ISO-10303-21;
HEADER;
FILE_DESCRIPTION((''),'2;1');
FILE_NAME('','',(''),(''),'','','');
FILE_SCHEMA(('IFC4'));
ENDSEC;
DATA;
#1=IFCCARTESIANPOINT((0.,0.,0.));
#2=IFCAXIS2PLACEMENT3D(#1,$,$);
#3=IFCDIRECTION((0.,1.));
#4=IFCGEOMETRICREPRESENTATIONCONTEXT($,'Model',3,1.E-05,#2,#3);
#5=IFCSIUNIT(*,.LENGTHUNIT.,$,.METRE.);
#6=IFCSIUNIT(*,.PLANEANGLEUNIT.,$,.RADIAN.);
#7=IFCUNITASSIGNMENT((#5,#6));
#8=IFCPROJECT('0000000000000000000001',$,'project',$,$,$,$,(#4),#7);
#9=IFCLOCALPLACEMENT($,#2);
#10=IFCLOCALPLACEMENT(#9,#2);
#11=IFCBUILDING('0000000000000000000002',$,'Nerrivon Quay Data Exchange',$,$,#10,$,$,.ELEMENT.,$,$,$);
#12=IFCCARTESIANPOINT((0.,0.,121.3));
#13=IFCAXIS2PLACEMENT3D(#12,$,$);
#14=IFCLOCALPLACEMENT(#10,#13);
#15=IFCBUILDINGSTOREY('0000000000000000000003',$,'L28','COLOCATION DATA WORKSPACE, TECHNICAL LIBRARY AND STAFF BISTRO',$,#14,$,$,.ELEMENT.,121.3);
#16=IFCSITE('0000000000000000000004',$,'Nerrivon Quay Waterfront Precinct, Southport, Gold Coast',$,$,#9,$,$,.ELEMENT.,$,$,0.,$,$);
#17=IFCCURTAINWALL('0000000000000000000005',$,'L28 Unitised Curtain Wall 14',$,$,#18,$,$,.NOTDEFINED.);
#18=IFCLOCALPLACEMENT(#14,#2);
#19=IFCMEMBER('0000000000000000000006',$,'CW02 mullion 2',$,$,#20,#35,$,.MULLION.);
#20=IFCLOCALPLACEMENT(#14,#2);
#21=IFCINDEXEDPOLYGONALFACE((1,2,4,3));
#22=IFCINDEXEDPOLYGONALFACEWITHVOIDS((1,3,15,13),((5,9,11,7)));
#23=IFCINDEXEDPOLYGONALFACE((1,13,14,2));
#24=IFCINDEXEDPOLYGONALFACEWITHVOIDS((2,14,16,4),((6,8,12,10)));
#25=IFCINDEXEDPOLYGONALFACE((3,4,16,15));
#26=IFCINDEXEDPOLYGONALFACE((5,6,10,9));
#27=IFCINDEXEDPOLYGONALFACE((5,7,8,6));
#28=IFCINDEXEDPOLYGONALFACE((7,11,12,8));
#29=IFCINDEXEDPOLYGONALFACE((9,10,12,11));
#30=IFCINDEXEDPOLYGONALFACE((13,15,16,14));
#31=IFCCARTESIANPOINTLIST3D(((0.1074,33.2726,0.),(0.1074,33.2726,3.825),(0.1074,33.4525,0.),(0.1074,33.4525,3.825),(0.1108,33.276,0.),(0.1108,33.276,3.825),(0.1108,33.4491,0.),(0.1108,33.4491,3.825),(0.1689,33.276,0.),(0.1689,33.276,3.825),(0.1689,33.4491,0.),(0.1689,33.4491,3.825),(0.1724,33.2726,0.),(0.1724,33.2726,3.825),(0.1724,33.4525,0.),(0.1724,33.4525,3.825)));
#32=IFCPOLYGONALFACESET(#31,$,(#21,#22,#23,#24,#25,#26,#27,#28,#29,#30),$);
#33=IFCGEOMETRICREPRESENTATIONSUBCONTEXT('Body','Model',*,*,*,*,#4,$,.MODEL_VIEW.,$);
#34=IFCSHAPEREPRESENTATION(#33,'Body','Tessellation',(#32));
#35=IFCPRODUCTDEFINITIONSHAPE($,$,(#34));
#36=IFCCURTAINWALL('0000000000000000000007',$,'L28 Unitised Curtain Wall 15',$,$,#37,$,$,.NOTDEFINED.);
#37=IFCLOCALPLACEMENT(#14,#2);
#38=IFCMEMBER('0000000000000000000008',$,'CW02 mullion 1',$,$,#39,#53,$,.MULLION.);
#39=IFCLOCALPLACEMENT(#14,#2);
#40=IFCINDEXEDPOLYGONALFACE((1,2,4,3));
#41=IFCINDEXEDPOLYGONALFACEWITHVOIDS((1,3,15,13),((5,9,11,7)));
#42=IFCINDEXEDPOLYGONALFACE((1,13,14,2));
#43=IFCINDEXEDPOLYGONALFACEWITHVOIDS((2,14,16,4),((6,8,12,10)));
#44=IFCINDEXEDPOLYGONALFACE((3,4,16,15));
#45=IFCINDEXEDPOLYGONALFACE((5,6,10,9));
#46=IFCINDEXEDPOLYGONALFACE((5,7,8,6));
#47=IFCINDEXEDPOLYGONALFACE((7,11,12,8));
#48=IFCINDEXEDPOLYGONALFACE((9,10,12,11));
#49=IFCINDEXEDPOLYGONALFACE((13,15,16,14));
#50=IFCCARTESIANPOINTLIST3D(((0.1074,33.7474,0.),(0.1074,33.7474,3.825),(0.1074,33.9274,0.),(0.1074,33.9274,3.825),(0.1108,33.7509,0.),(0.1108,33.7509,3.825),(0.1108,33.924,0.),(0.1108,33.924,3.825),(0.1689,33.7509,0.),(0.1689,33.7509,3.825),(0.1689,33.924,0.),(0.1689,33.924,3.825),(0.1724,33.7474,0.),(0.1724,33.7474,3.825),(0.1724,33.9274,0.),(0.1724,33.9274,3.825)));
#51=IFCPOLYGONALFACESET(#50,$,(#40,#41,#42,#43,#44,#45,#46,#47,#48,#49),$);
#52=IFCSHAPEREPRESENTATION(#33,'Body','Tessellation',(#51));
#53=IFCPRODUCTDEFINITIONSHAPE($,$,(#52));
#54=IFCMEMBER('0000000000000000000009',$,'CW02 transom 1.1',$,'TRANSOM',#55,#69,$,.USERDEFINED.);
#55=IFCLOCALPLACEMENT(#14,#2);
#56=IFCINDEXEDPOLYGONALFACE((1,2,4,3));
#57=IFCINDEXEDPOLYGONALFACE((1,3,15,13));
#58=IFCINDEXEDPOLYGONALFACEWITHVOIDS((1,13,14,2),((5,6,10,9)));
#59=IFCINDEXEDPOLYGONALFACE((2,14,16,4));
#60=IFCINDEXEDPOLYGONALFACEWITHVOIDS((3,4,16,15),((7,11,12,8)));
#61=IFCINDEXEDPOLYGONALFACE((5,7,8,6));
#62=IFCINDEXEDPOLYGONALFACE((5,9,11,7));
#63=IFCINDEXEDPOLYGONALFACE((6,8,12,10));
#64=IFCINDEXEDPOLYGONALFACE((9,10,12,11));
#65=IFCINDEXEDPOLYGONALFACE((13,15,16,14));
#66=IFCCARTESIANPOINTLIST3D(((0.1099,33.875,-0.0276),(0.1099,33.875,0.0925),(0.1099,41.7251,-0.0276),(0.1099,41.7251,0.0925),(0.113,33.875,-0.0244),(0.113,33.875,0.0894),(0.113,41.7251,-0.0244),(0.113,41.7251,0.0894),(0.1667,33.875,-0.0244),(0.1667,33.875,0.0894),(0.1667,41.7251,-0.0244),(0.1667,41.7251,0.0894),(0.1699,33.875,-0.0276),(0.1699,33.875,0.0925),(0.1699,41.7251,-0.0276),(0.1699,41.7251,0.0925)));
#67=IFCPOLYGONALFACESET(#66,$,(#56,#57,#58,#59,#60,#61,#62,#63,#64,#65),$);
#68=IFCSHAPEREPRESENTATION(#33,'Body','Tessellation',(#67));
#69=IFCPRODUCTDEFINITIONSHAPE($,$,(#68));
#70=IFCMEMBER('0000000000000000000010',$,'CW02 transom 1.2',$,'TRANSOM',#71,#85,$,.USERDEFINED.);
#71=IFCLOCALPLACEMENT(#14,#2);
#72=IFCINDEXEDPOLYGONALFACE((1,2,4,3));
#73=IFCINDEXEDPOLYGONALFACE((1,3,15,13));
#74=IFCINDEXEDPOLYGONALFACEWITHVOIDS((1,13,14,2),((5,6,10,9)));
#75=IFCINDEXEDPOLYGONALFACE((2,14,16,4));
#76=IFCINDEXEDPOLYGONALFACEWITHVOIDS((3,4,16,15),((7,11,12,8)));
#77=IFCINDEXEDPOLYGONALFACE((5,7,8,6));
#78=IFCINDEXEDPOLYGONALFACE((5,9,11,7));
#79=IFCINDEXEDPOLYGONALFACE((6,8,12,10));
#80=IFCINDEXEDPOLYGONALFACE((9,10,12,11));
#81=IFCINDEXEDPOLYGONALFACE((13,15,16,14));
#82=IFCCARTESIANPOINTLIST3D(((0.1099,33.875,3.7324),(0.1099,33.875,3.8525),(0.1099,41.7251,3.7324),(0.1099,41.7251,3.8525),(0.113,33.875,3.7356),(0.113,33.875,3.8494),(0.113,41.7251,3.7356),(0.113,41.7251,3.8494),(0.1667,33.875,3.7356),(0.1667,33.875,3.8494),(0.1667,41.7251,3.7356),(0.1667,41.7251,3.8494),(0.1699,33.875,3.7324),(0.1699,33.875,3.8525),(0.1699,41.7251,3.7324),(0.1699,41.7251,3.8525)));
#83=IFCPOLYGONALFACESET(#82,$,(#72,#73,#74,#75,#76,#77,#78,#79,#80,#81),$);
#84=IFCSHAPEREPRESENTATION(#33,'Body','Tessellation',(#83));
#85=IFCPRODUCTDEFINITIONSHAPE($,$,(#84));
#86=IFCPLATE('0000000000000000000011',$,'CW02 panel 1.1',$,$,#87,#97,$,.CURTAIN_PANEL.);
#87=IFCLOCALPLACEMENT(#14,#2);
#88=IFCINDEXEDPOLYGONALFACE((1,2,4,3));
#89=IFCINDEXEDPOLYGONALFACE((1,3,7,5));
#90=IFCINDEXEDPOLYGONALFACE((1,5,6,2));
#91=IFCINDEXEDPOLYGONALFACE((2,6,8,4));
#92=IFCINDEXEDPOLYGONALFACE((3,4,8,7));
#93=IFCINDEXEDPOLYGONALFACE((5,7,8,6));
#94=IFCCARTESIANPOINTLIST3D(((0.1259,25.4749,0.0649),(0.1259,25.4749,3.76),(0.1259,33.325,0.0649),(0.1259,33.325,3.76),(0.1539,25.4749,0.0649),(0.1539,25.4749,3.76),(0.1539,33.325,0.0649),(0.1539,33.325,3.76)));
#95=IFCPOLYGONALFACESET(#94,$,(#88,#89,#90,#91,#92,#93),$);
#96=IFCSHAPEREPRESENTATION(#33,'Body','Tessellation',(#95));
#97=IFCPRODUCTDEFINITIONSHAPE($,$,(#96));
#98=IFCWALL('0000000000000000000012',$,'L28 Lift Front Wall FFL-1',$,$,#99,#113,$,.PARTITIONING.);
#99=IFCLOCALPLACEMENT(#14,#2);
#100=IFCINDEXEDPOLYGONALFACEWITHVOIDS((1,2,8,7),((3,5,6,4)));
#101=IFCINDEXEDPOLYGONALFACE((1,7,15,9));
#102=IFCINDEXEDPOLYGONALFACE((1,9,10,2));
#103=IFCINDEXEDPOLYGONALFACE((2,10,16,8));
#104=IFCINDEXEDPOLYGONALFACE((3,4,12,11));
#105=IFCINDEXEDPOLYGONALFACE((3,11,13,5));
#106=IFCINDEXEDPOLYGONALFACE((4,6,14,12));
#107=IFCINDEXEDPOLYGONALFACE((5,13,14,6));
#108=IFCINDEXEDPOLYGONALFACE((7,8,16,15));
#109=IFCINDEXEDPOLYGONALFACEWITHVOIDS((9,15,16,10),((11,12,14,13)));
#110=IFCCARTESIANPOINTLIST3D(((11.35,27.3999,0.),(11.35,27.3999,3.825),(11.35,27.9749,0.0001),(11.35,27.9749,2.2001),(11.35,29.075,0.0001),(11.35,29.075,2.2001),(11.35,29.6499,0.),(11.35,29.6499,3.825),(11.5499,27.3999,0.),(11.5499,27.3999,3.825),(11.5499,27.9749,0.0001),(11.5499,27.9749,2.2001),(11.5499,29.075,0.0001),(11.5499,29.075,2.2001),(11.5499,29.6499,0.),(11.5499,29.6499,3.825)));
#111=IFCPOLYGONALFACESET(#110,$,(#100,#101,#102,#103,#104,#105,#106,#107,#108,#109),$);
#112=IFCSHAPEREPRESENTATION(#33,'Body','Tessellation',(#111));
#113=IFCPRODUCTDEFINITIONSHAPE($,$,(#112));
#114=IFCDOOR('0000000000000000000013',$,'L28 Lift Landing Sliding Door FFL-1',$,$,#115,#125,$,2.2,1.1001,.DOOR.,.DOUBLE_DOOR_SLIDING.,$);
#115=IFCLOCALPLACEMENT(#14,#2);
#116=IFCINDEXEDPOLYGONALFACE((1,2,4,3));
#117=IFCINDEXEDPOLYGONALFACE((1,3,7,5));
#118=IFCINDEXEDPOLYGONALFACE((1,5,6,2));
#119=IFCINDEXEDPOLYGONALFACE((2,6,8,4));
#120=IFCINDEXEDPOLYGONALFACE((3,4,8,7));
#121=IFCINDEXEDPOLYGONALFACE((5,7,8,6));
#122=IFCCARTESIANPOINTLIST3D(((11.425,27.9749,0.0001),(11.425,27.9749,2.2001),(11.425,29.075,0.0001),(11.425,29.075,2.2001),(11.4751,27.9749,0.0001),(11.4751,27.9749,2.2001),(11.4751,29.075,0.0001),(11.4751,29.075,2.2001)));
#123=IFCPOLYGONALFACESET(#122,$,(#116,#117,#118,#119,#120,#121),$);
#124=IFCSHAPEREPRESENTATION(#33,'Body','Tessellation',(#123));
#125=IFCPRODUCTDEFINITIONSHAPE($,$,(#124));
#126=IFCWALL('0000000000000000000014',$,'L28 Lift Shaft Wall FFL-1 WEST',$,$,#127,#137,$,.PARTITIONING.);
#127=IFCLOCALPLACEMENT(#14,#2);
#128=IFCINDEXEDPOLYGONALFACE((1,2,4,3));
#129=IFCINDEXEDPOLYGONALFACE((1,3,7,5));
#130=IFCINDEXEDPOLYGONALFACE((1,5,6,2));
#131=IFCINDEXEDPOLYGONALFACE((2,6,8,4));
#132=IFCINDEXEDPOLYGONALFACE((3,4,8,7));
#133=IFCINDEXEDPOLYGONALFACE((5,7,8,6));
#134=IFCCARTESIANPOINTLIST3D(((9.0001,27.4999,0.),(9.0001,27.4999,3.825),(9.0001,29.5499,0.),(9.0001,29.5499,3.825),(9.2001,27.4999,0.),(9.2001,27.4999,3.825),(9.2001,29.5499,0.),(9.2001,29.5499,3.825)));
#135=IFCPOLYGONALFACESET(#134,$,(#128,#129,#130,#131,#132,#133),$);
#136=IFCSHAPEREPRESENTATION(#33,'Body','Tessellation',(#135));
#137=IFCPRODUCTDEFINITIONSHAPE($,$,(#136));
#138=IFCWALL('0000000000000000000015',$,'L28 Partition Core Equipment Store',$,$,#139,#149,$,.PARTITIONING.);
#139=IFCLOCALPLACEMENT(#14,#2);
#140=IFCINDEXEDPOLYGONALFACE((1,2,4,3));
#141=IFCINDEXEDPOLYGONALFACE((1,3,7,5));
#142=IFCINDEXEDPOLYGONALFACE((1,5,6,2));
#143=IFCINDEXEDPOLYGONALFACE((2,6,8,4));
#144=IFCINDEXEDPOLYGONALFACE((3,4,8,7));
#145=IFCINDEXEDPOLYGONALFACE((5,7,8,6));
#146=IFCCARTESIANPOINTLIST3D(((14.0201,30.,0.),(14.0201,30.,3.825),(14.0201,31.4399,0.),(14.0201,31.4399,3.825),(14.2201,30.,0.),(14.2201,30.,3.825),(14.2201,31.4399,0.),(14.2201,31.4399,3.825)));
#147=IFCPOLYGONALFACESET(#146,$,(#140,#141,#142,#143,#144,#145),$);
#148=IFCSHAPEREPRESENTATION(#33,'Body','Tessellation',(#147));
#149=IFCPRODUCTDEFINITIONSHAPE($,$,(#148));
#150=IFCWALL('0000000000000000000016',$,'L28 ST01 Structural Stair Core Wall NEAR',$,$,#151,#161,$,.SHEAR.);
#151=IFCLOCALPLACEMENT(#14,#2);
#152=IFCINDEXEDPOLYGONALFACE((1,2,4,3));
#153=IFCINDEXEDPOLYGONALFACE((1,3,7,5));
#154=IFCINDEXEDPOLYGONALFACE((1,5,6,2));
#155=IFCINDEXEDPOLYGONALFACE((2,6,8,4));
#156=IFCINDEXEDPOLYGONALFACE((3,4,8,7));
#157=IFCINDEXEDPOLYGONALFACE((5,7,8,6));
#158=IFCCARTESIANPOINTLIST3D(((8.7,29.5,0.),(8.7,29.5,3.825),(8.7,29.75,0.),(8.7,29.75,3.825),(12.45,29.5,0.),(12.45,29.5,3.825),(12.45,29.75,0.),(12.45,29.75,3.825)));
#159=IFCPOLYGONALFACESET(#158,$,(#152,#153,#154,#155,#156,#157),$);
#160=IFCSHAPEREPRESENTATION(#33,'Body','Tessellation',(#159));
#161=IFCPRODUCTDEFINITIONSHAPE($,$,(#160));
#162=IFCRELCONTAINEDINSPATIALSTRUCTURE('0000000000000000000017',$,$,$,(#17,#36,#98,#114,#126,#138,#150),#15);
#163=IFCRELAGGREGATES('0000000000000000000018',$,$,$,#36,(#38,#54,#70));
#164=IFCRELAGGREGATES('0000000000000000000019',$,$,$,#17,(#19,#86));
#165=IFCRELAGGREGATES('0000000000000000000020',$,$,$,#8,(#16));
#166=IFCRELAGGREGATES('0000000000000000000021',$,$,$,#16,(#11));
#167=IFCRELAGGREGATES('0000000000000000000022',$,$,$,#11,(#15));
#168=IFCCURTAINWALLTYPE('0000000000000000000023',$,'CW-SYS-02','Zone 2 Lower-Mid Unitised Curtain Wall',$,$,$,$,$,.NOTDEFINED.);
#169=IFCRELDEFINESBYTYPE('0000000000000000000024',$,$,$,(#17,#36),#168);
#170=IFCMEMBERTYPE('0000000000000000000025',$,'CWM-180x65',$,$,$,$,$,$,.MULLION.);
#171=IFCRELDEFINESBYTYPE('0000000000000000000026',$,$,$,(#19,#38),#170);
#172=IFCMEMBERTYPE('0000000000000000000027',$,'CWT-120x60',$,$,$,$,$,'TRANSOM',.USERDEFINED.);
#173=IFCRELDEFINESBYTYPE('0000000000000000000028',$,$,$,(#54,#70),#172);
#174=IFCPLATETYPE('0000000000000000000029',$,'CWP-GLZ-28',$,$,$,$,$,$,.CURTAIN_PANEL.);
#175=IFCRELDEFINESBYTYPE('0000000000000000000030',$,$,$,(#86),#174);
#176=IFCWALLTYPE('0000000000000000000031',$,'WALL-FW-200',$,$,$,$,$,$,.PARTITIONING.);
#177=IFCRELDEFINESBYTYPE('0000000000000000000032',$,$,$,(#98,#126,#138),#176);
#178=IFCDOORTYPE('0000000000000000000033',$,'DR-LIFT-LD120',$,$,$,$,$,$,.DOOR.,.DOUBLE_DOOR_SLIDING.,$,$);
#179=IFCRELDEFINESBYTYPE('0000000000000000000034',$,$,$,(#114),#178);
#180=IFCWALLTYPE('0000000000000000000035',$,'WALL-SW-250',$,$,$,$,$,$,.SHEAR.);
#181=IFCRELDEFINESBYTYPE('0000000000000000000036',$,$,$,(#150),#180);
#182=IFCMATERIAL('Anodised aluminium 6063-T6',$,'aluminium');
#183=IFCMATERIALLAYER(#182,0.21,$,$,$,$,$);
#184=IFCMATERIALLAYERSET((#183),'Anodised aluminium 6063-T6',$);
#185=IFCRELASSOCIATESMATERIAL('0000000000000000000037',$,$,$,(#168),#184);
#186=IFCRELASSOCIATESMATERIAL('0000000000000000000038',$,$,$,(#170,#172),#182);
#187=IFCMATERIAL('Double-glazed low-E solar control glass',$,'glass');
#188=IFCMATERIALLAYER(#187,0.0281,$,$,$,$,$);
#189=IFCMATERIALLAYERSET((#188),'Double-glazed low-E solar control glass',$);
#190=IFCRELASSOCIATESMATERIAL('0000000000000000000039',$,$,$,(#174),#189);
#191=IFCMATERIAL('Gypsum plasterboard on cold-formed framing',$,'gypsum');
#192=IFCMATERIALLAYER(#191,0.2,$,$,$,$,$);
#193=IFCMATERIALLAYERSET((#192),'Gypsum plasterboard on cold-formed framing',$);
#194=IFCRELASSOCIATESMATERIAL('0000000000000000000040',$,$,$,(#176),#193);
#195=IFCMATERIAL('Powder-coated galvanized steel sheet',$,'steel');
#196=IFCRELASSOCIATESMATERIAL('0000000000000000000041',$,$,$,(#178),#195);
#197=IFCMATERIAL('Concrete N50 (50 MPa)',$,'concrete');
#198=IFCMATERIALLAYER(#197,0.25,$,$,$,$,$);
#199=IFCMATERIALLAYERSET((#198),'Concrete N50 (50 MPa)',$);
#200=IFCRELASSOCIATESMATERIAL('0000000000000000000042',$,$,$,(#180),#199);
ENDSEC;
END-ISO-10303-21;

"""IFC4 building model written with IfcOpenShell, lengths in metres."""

from ifc_helpers import new_model, si_unit, direction, frame, frame_2d, origin, origin_2d, place, context, subcontext, project, spatial, rectangle, hollow_rectangle, extrude, material, layer, layer_set, material_profile, profile_set, type_object, element, fill, aggregate, save


model = new_model("IFC4")

# Units and contexts
model_context = context("Model", 3, precision=1e-05, world=origin(), true_north=direction((0.0, 1.0)))
body_context = subcontext(model_context, "Body", "Model", "MODEL_VIEW")
ifc_project = project(units=[si_unit("LENGTHUNIT", "METRE"), si_unit("PLANEANGLEUNIT", "RADIAN")], contexts=[model_context])

# Site, building, storey
site_placement = place(None, origin())
site = spatial("IfcSite", under=ifc_project, at=site_placement, Name="Nerrivon Quay Waterfront Precinct, Southport, Gold Coast", CompositionType="ELEMENT", RefElevation=0.0)
building_placement = place(site_placement, origin())
building = spatial("IfcBuilding", under=site, at=building_placement, Name="Nerrivon Quay Data Exchange", CompositionType="ELEMENT")
storey_placement = place(building_placement, frame((0.0, 0.0, 121.3)))
storey = spatial("IfcBuildingStorey", under=building, at=storey_placement, Name="L28", Description="COLOCATION DATA WORKSPACE, TECHNICAL LIBRARY AND STAFF BISTRO", CompositionType="ELEMENT", Elevation=121.3)

# Curtain wall, member
ifc_material_1 = material(Name="Anodised aluminium 6063-T6", Category="aluminium")
ifc_layer_1 = layer(ifc_material_1, 0.21)
ifc_layer_set_1 = layer_set([ifc_layer_1], Name="Anodised aluminium 6063-T6")
curtain_wall_type = type_object("IfcCurtainWallType", Name="CW-SYS-02", Description="Zone 2 Lower-Mid Unitised Curtain Wall", PredefinedType="NOTDEFINED", material=ifc_layer_set_1)
curtain_wall_1_placement = place(storey_placement, origin())
curtain_wall_1 = element("IfcCurtainWall", 1, at=curtain_wall_1_placement, inside=storey, type_object=curtain_wall_type, Name="L28 Unitised Curtain Wall 14", PredefinedType="NOTDEFINED")
ifc_material_profile_1 = material_profile(ifc_material_1, hollow_rectangle(XDim=0.0649, YDim=0.1799, WallThickness=0.0034, at=origin_2d()), Name="ALU-MULL-180x65")
ifc_profile_set_1 = profile_set([ifc_material_profile_1], Name="Anodised aluminium 6063-T6")
member_type_1 = type_object("IfcMemberType", Name="CWM-180x65", PredefinedType="MULLION", material=ifc_profile_set_1)
member_1_placement = place(storey_placement, frame((0.1399, 33.3625, 0.0), z_axis=(0.0, 0.0, 1.0), x_axis=(-1.0, 0.0, 0.0)))
member_1 = element("IfcMember", 2, at=member_1_placement, type_object=member_type_1, Name="CW02 mullion 2", PredefinedType="MULLION", context=body_context, shape_type="SweptSolid", body=[
    extrude(hollow_rectangle(XDim=0.0649, YDim=0.1799, WallThickness=0.0034, at=origin_2d()), origin(), (0.0, 0.0, 1.0), 3.825),
])

# Curtain wall, members
curtain_wall_2_placement = place(storey_placement, origin())
curtain_wall_2 = element("IfcCurtainWall", 3, at=curtain_wall_2_placement, inside=storey, type_object=curtain_wall_type, Name="L28 Unitised Curtain Wall 15", PredefinedType="NOTDEFINED")
member_2_placement = place(storey_placement, frame((0.1399, 33.8374, 0.0), z_axis=(0.0, 0.0, 1.0), x_axis=(-1.0, 0.0, 0.0)))
member_2 = element("IfcMember", 4, at=member_2_placement, type_object=member_type_1, Name="CW02 mullion 1", PredefinedType="MULLION", context=body_context, shape_type="SweptSolid", body=[
    extrude(hollow_rectangle(XDim=0.0649, YDim=0.1799, WallThickness=0.0034, at=origin_2d()), origin(), (0.0, 0.0, 1.0), 3.825),
])
ifc_material_profile_2 = material_profile(ifc_material_1, hollow_rectangle(XDim=0.0601, YDim=0.1201, WallThickness=0.0032, at=origin_2d()), Name="ALU-TRAN-120x60")
ifc_profile_set_2 = profile_set([ifc_material_profile_2], Name="Anodised aluminium 6063-T6")
member_type_2 = type_object("IfcMemberType", Name="CWT-120x60", ElementType="TRANSOM", PredefinedType="USERDEFINED", material=ifc_profile_set_2)
member_3_placement = place(storey_placement, frame((0.1399, 33.875, 0.0325), z_axis=(0.0, 1.0, 0.0), x_axis=(-1.0, 0.0, 0.0)))
member_3 = element("IfcMember", 5, at=member_3_placement, type_object=member_type_2, Name="CW02 transom 1.1", ObjectType="TRANSOM", PredefinedType="USERDEFINED", context=body_context, shape_type="SweptSolid", body=[
    extrude(hollow_rectangle(XDim=0.0601, YDim=0.1201, WallThickness=0.0032, at=origin_2d()), origin(), (0.0, 0.0, 1.0), 7.8501),
])
member_4_placement = place(storey_placement, frame((0.1399, 33.875, 3.7925), z_axis=(0.0, 1.0, 0.0), x_axis=(-1.0, 0.0, 0.0)))
member_4 = element("IfcMember", 6, at=member_4_placement, type_object=member_type_2, Name="CW02 transom 1.2", ObjectType="TRANSOM", PredefinedType="USERDEFINED", context=body_context, shape_type="SweptSolid", body=[
    extrude(hollow_rectangle(XDim=0.0601, YDim=0.1201, WallThickness=0.0032, at=origin_2d()), origin(), (0.0, 0.0, 1.0), 7.8501),
])
aggregate(curtain_wall_2, [member_2, member_3, member_4])

# Plate
ifc_material_2 = material(Name="Double-glazed low-E solar control glass", Category="glass")
ifc_layer_2 = layer(ifc_material_2, 0.0281)
ifc_layer_set_2 = layer_set([ifc_layer_2], Name="Double-glazed low-E solar control glass")
plate_type = type_object("IfcPlateType", Name="CWP-GLZ-28", PredefinedType="CURTAIN_PANEL", material=ifc_layer_set_2)
plate_placement = place(storey_placement, frame((0.1399, 29.3999, 0.0649), z_axis=(0.0, 0.0, 1.0), x_axis=(0.0, 1.0, 0.0)))
plate = element("IfcPlate", 7, at=plate_placement, type_object=plate_type, Name="CW02 panel 1.1", PredefinedType="CURTAIN_PANEL", context=body_context, shape_type="SweptSolid", body=[
    extrude(rectangle(XDim=7.8501, YDim=0.0281, at=origin_2d()), origin(), (0.0, 0.0, 1.0), 3.6951),
])
aggregate(curtain_wall_1, [member_1, plate])

# Wall, opening, door
ifc_material_3 = material(Name="Gypsum plasterboard on cold-formed framing", Category="gypsum")
ifc_layer_3 = layer(ifc_material_3, 0.2)
ifc_layer_set_3 = layer_set([ifc_layer_3], Name="Gypsum plasterboard on cold-formed framing")
wall_type_1 = type_object("IfcWallType", Name="WALL-FW-200", PredefinedType="PARTITIONING", material=ifc_layer_set_3)
wall_1_placement = place(storey_placement, frame((11.45, 27.3999, 0.0), z_axis=(0.0, 0.0, 1.0), x_axis=(0.0, 1.0, 0.0)))
wall_1 = element("IfcWall", 8, at=wall_1_placement, inside=storey, type_object=wall_type_1, Name="L28 Lift Front Wall FFL-1", PredefinedType="PARTITIONING", context=body_context, shape_type="SweptSolid", body=[
    extrude(rectangle(XDim=2.25, YDim=0.2, at=frame_2d((1.125, 0.0))), origin(), (0.0, 0.0, 1.0), 3.825),
])
opening_1_placement = place(wall_1_placement, frame((0.575, 0.0, 0.0)))
opening_1 = element("IfcOpeningElement", 9, at=opening_1_placement, cuts=wall_1, PredefinedType="OPENING", context=body_context, shape_type="SweptSolid", body=[
    extrude(rectangle(XDim=1.1001, YDim=2.2, at=frame_2d((0.55, 1.1001))), frame((0.0, 0.1099, 0.0), z_axis=(0.0, -1.0, 0.0), x_axis=(1.0, 0.0, 0.0)), (0.0, 0.0, 1.0), 0.22),
])
ifc_material_4 = material(Name="Powder-coated galvanized steel sheet", Category="steel")
door_type_1 = type_object("IfcDoorType", Name="DR-LIFT-LD120", OperationType="DOUBLE_DOOR_SLIDING", PredefinedType="DOOR", material=ifc_material_4)
door_1_placement = place(opening_1_placement, origin())
door_1 = element("IfcDoor", 10, at=door_1_placement, inside=storey, type_object=door_type_1, Name="L28 Lift Landing Sliding Door FFL-1", OperationType="DOUBLE_DOOR_SLIDING", OverallHeight=2.2, OverallWidth=1.1001, PredefinedType="DOOR", context=body_context, shape_type="SweptSolid", body=[
    extrude(rectangle(XDim=1.1001, YDim=2.2, at=frame_2d((0.55, 1.1001))), frame((0.0, 0.0249, 0.0), z_axis=(0.0, -1.0, 0.0), x_axis=(1.0, 0.0, 0.0)), (0.0, 0.0, 1.0), 0.05),
])
fill(opening_1, door_1)

# Wall
wall_2_placement = place(storey_placement, frame((9.1001, 27.5, 0.0), z_axis=(0.0, 0.0, 1.0), x_axis=(0.0, 1.0, 0.0)))
element("IfcWall", 11, at=wall_2_placement, inside=storey, type_object=wall_type_1, Name="L28 Lift Shaft Wall FFL-1 WEST", PredefinedType="PARTITIONING", context=body_context, shape_type="SweptSolid", body=[
    extrude(rectangle(XDim=2.05, YDim=0.2, at=frame_2d((1.0249, 0.0))), origin(), (0.0, 0.0, 1.0), 3.825),
])

# Wall
wall_3_placement = place(storey_placement, frame((14.1201, 31.4399, 0.0), z_axis=(0.0, 0.0, 1.0), x_axis=(0.0, -1.0, 0.0)))
element("IfcWall", 12, at=wall_3_placement, inside=storey, type_object=wall_type_1, Name="L28 Partition Core Equipment Store", PredefinedType="PARTITIONING", context=body_context, shape_type="SweptSolid", body=[
    extrude(rectangle(XDim=1.4399, YDim=0.2, at=frame_2d((0.72, 0.0))), origin(), (0.0, 0.0, 1.0), 3.825),
])

# Wall
ifc_material_5 = material(Name="Concrete N50 (50 MPa)", Category="concrete")
ifc_layer_4 = layer(ifc_material_5, 0.25)
ifc_layer_set_4 = layer_set([ifc_layer_4], Name="Concrete N50 (50 MPa)")
wall_type_2 = type_object("IfcWallType", Name="WALL-SW-250", PredefinedType="SHEAR", material=ifc_layer_set_4)
wall_4_placement = place(storey_placement, frame((12.45, 29.625, 0.0), z_axis=(0.0, 0.0, 1.0), x_axis=(-1.0, 0.0, 0.0)))
element("IfcWall", 13, at=wall_4_placement, inside=storey, type_object=wall_type_2, Name="L28 ST01 Structural Stair Core Wall NEAR", PredefinedType="SHEAR", context=body_context, shape_type="SweptSolid", body=[
    extrude(rectangle(XDim=3.75, YDim=0.25, at=frame_2d((1.875, 0.0))), origin(), (0.0, 0.0, 1.0), 3.825),
])

save(model, "model.ifc")
